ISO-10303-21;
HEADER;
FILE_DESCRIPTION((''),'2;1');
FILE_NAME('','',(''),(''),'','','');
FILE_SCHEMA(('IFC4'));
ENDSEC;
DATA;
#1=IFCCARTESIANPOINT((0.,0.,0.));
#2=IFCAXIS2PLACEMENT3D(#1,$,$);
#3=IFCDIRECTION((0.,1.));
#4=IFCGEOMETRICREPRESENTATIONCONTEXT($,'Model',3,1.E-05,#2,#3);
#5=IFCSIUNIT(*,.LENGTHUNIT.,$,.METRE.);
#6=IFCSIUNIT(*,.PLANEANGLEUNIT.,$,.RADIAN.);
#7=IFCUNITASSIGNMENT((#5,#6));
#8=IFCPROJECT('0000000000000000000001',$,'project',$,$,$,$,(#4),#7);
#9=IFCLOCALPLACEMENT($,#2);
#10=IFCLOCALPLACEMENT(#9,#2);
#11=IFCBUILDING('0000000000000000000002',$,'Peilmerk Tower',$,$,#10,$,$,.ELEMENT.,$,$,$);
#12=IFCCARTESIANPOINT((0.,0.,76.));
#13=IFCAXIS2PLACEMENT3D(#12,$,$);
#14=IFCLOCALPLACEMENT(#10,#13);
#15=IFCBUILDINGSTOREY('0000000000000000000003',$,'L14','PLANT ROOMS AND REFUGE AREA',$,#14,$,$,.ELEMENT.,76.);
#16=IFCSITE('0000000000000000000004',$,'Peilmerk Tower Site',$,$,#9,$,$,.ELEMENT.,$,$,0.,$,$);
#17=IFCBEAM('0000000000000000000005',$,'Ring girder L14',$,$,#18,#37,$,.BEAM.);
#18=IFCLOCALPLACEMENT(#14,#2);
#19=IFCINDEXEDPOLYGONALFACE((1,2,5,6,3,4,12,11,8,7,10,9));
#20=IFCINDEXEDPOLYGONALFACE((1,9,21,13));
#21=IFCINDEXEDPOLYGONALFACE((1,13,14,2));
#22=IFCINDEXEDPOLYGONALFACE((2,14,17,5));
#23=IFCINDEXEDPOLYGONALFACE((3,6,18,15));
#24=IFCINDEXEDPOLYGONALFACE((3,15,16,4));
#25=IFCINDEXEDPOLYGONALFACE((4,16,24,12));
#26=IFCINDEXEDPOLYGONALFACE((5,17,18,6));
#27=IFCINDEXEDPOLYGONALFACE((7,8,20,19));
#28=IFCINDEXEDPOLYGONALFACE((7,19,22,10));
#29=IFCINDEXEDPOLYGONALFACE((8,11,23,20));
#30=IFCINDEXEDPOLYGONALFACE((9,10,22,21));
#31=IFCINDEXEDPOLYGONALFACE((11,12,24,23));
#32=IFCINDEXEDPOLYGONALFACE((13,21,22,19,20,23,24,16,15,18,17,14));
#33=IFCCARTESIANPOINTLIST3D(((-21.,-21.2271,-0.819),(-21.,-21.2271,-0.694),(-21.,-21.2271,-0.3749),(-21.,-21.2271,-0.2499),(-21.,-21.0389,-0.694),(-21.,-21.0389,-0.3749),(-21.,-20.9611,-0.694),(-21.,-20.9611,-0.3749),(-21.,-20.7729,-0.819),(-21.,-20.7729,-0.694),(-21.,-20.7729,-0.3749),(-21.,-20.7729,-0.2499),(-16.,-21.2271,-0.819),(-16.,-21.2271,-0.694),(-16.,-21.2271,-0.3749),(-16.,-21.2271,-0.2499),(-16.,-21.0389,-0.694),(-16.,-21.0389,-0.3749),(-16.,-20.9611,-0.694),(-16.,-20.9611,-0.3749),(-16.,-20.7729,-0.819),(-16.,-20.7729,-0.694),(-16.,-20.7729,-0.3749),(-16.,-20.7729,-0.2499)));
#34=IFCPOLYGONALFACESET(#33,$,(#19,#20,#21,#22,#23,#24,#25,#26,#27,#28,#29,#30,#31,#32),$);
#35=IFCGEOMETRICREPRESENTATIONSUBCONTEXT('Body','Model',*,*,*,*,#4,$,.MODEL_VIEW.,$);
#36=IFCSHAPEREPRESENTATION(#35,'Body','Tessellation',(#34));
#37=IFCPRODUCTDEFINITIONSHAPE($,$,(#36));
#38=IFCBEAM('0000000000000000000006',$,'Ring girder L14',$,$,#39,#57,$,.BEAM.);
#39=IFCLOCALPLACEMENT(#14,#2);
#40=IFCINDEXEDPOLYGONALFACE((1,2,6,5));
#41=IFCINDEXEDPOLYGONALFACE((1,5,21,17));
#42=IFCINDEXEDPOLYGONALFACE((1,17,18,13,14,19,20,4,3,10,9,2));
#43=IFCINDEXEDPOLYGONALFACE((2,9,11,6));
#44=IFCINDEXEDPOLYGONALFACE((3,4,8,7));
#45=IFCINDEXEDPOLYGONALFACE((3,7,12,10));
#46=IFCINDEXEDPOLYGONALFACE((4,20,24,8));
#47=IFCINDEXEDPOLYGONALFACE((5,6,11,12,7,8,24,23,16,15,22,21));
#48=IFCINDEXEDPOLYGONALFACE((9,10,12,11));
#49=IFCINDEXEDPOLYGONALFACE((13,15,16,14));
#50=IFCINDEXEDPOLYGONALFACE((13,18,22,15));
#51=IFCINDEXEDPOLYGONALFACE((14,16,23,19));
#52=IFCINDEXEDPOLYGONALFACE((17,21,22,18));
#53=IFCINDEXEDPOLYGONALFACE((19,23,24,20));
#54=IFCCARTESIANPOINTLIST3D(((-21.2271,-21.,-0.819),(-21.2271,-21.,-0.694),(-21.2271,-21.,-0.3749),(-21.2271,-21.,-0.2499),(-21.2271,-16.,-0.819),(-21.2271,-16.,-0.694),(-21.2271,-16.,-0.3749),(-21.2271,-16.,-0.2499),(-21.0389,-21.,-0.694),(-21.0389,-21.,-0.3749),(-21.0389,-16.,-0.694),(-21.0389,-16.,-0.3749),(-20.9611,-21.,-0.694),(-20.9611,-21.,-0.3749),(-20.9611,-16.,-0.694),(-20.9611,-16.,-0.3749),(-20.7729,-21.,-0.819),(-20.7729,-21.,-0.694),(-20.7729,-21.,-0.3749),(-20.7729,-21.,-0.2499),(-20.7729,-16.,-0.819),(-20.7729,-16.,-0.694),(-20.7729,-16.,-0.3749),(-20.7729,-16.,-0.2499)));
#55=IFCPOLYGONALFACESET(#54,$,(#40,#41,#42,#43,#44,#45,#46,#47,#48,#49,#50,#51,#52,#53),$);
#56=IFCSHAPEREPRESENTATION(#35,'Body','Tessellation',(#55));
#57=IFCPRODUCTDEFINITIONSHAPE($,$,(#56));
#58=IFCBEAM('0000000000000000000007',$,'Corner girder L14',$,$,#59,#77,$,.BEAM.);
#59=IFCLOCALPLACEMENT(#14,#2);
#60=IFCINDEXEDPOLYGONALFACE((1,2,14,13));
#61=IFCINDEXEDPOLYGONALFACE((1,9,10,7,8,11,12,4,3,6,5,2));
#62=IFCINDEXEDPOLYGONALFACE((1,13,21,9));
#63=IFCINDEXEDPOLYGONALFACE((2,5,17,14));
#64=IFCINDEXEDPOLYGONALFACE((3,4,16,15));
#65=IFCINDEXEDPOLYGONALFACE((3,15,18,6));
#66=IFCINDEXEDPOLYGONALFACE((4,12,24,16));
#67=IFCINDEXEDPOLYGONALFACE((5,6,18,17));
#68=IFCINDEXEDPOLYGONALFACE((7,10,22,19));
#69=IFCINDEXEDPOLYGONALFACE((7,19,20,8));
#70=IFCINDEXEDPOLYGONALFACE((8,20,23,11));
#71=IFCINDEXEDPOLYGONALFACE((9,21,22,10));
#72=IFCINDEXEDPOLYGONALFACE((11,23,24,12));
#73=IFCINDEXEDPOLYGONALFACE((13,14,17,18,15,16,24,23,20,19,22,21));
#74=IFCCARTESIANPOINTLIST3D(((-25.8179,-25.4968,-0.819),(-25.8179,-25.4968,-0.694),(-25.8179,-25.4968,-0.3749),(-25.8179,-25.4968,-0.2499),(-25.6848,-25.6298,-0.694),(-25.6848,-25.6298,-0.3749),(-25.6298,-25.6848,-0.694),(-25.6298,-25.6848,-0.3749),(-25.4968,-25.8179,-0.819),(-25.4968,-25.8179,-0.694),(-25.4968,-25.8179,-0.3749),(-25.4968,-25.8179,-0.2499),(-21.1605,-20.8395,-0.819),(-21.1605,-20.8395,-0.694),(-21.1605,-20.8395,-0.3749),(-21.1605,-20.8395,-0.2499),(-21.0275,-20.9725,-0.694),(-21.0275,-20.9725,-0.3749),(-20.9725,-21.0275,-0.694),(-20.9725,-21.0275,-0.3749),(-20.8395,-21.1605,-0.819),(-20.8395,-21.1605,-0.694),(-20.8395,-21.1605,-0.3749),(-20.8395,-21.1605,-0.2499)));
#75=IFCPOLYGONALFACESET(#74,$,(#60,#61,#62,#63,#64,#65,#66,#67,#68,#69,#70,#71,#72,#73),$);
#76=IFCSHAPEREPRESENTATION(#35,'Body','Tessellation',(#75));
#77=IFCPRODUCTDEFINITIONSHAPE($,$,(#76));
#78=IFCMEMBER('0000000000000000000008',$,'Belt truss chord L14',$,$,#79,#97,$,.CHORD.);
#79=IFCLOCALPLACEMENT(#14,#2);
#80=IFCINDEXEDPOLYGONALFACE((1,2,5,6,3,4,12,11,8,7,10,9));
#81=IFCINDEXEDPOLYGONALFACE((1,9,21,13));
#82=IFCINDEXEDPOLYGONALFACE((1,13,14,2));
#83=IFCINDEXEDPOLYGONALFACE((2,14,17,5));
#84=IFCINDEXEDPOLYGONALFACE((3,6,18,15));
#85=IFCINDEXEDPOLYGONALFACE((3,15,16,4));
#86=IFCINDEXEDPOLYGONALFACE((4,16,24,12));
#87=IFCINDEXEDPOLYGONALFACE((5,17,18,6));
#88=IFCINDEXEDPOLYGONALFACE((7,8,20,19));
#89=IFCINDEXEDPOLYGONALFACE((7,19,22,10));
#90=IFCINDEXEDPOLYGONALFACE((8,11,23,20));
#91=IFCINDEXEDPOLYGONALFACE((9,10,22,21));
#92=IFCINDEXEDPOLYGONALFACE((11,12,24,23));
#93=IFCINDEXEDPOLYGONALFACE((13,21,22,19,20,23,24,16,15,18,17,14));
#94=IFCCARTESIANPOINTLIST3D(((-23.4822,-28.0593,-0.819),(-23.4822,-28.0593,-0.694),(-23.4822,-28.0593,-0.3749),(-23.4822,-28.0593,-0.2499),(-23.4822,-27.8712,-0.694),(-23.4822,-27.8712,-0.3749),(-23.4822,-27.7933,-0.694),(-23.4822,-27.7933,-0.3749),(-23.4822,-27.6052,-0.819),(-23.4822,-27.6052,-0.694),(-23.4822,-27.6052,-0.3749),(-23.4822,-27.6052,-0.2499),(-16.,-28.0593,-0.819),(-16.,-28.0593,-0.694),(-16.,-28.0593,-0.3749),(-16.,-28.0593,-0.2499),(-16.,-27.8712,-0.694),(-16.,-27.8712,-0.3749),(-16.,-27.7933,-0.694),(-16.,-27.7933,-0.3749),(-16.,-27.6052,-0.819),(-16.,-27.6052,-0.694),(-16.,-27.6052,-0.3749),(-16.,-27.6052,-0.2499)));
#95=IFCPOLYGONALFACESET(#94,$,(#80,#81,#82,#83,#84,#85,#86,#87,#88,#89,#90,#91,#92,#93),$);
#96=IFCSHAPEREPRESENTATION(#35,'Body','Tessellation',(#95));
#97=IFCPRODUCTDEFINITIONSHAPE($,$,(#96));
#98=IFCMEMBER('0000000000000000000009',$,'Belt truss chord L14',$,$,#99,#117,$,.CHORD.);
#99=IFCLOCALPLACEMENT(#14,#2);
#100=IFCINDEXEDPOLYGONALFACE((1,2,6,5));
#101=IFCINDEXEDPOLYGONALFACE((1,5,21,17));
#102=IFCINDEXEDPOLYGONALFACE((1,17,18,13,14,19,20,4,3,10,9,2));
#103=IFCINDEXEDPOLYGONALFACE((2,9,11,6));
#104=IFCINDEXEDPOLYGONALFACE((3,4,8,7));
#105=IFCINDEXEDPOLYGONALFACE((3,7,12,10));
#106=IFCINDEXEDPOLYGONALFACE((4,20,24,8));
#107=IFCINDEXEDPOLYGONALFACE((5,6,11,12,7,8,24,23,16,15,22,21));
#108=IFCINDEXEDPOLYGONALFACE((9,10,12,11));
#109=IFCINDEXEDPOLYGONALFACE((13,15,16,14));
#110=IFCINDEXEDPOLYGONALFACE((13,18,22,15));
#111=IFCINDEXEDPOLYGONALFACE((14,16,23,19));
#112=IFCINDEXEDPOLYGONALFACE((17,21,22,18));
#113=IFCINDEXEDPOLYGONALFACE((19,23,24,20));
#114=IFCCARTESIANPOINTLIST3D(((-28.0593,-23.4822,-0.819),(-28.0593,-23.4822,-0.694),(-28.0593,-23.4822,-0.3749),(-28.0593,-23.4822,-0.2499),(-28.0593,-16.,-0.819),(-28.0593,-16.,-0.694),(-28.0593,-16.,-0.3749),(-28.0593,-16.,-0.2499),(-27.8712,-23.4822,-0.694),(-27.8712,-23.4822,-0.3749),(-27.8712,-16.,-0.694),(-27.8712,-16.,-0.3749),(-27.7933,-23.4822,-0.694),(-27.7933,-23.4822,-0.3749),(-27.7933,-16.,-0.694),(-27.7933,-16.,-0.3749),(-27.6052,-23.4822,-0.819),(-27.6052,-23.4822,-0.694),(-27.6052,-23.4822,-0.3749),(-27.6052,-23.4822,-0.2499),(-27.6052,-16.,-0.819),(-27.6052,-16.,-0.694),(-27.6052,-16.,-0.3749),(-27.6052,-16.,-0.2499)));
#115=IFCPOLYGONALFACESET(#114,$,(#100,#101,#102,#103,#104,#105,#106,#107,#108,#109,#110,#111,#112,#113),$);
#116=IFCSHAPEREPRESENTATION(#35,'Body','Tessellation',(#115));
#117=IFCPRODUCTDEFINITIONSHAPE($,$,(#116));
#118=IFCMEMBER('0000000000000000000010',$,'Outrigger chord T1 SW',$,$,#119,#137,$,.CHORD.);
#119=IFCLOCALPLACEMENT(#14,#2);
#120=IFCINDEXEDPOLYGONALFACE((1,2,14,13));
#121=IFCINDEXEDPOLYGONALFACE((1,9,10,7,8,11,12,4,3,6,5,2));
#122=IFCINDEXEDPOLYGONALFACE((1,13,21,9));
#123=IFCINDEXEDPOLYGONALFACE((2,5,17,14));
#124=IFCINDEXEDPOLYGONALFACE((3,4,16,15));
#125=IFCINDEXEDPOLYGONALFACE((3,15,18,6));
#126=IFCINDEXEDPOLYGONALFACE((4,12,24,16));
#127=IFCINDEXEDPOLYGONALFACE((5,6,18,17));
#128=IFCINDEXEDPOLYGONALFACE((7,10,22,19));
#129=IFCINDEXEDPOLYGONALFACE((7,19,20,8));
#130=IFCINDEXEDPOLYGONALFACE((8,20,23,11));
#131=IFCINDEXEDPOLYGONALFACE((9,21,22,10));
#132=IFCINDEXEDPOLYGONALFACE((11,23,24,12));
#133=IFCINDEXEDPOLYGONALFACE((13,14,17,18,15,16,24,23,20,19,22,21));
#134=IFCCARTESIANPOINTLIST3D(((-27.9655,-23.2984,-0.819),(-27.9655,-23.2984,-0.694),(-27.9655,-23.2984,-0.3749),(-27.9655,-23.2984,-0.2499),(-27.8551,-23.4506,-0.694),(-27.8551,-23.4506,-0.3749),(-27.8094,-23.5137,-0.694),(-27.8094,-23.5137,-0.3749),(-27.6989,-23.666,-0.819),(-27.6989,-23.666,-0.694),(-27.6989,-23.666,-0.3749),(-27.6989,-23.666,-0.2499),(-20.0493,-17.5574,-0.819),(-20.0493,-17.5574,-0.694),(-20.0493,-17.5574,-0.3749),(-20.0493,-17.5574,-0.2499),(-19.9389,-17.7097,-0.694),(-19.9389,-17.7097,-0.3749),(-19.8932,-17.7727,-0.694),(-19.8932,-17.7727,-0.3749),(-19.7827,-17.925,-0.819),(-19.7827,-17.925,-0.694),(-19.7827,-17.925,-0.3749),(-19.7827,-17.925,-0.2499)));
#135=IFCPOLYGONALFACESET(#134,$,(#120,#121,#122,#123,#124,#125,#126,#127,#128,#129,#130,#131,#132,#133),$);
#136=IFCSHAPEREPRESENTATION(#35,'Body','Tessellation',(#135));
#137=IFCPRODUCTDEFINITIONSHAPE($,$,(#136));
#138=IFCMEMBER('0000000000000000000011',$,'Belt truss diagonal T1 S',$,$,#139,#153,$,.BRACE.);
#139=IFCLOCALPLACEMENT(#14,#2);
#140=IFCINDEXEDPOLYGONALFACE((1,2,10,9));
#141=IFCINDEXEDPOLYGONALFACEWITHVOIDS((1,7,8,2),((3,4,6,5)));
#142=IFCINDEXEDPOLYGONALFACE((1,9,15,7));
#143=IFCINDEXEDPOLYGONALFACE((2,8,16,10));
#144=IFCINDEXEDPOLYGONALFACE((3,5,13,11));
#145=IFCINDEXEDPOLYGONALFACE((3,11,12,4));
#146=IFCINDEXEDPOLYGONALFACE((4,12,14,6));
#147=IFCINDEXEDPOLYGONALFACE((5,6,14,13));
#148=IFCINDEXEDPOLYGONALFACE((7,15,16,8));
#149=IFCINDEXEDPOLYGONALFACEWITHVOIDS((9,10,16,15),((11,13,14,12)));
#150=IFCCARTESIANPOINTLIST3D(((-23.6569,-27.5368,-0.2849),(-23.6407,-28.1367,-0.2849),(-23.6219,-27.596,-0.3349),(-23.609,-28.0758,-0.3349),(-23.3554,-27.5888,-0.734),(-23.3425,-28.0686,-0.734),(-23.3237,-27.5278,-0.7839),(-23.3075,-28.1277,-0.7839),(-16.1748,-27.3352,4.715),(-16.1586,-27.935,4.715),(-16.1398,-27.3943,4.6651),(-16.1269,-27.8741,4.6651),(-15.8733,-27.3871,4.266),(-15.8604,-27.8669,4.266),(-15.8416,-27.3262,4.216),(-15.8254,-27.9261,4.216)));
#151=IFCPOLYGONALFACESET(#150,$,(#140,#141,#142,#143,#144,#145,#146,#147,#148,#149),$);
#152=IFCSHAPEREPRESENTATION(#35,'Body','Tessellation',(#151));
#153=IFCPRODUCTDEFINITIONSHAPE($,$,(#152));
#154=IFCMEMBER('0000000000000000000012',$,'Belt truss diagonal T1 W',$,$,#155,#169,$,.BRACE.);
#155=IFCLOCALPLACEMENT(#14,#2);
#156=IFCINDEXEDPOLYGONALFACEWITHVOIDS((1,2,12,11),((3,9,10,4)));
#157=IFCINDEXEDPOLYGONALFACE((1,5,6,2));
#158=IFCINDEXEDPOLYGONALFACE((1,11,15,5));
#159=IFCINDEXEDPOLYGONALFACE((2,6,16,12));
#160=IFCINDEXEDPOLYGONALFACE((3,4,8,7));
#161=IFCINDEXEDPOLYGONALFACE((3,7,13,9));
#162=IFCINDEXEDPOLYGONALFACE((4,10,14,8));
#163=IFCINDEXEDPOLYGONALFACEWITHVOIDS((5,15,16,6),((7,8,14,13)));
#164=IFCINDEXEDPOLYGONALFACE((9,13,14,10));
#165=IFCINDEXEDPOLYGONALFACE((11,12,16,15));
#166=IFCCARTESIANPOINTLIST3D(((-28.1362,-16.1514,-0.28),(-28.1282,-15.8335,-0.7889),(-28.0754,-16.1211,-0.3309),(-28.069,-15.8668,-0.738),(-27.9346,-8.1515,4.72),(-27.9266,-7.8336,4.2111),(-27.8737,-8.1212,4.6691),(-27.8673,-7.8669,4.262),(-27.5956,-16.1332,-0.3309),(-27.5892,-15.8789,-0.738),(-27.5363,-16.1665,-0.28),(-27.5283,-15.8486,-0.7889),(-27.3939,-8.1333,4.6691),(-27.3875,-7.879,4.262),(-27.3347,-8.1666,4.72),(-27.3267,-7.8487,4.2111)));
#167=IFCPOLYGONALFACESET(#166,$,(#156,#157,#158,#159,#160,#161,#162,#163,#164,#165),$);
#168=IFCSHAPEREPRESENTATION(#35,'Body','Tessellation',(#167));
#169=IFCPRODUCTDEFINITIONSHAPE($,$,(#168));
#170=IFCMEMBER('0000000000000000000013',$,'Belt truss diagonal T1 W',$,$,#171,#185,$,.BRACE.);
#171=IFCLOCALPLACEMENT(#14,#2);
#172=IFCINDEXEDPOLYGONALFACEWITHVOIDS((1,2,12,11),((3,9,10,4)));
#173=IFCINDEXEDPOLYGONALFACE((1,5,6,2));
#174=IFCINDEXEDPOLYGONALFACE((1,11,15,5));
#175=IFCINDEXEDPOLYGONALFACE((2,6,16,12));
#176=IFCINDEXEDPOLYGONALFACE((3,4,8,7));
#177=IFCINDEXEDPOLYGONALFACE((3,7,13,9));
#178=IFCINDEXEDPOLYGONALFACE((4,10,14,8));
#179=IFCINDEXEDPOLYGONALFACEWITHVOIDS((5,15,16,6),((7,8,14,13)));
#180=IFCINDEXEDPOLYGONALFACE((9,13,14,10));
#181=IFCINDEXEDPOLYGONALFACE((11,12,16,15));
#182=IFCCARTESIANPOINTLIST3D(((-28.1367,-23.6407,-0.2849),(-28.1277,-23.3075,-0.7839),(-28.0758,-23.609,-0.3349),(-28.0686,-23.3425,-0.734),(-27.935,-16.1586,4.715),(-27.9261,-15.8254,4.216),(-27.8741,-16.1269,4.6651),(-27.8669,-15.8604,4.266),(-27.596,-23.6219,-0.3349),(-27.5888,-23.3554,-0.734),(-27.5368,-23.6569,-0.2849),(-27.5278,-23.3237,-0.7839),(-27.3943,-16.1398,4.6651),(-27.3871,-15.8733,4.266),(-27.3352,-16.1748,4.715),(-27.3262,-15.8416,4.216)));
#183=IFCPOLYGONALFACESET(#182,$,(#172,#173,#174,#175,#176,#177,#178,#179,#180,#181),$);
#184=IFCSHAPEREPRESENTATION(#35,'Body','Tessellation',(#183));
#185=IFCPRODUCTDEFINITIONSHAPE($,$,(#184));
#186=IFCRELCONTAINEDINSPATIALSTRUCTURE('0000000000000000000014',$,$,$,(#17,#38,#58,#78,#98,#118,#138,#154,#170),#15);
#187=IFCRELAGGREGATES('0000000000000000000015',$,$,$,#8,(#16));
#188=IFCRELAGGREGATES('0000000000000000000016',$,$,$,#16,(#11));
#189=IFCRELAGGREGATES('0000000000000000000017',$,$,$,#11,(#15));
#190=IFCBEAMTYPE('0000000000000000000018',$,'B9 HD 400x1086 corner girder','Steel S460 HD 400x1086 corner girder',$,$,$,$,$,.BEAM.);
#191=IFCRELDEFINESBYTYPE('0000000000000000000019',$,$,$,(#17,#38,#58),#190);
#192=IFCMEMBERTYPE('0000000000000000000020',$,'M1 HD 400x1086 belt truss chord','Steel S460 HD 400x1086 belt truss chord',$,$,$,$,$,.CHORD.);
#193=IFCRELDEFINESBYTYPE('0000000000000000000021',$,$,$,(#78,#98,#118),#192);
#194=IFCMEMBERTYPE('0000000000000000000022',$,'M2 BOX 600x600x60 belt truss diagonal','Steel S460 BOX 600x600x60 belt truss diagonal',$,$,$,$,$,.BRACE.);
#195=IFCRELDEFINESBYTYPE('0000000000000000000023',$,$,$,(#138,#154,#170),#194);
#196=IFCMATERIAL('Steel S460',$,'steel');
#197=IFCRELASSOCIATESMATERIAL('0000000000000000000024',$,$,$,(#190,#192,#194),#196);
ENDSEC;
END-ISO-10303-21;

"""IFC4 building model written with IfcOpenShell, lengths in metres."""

from ifc_helpers import new_model, si_unit, direction, frame, origin, origin_2d, place, context, subcontext, project, spatial, hollow_rectangle, i_section, extrude, material, material_profile, profile_set, type_object, element, save


model = new_model("IFC4")

# Units and contexts
model_context = context("Model", 3, precision=1e-05, world=origin(), true_north=direction((0.0, 1.0)))
body_context = subcontext(model_context, "Body", "Model", "MODEL_VIEW")
ifc_project = project(units=[si_unit("LENGTHUNIT", "METRE"), si_unit("PLANEANGLEUNIT", "RADIAN")], contexts=[model_context])

# Site, building, storey
site_placement = place(None, origin())
site = spatial("IfcSite", under=ifc_project, at=site_placement, Name="Peilmerk Tower Site", CompositionType="ELEMENT", RefElevation=0.0)
building_placement = place(site_placement, origin())
building = spatial("IfcBuilding", under=site, at=building_placement, Name="Peilmerk Tower", CompositionType="ELEMENT")
storey_placement = place(building_placement, frame((0.0, 0.0, 76.0)))
storey = spatial("IfcBuildingStorey", under=building, at=storey_placement, Name="L14", Description="PLANT ROOMS AND REFUGE AREA", CompositionType="ELEMENT", Elevation=76.0)

# Shared definitions
ifc_material_1 = material(Name="Steel S460", Category="steel")

# Beams
ifc_material_profile_1 = material_profile(ifc_material_1, i_section(OverallWidth=0.4541, OverallDepth=0.5691, WebThickness=0.0779, FlangeThickness=0.125, at=origin_2d()), Name="HD 400x1086")
ifc_profile_set_1 = profile_set([ifc_material_profile_1], Name="Steel S460")
beam_type_1 = type_object("IfcBeamType", Name="B9 HD 400x1086 corner girder", Description="Steel S460 HD 400x1086 corner girder", PredefinedType="BEAM", material=ifc_profile_set_1)
for number, where, z_axis, x_axis, name in (
    (1, (-21.0, -21.0, -0.5344), (1.0, 0.0, 0.0), (0.0, 1.0, 0.0), "Ring girder L14"),
    (2, (-21.0, -16.0, -0.5344), (0.0, -1.0, 0.0), (1.0, 0.0, 0.0), "Ring girder L14"),
):
    element("IfcBeam", number, at=place(storey_placement, frame(where, z_axis=z_axis, x_axis=x_axis)), inside=storey, type_object=beam_type_1, Name=name, PredefinedType="BEAM", context=body_context, shape_type="SweptSolid", body=[
        extrude(i_section(OverallWidth=0.4541, OverallDepth=0.5691, WebThickness=0.0779, FlangeThickness=0.125, at=origin_2d()), origin(), (0.0, 0.0, 1.0), 5.0),
    ])
beam_1_placement = place(storey_placement, frame((-21.0, -21.0, -0.5344), z_axis=(-0.707107, -0.707107, 0.0), x_axis=(0.707107, -0.707107, 0.0)))
element("IfcBeam", 3, at=beam_1_placement, inside=storey, type_object=beam_type_1, Name="Corner girder L14", PredefinedType="BEAM", context=body_context, shape_type="SweptSolid", body=[
    extrude(i_section(OverallWidth=0.4541, OverallDepth=0.5691, WebThickness=0.0779, FlangeThickness=0.125, at=origin_2d()), origin(), (0.0, 0.0, 1.0), 6.5864),
])

# Members
ifc_material_profile_2 = material_profile(ifc_material_1, i_section(OverallWidth=0.4541, OverallDepth=0.5691, WebThickness=0.0779, FlangeThickness=0.125, at=origin_2d()), Name="HD 400x1086")
ifc_profile_set_2 = profile_set([ifc_material_profile_2], Name="Steel S460")
member_type_1 = type_object("IfcMemberType", Name="M1 HD 400x1086 belt truss chord", Description="Steel S460 HD 400x1086 belt truss chord", PredefinedType="CHORD", material=ifc_profile_set_2)
for number, where, z_axis, x_axis, name in (
    (4, (-23.4822, -27.8323, -0.5344), (1.0, 0.0, 0.0), (0.0, 1.0, 0.0), "Belt truss chord L14"),
    (5, (-27.8323, -16.0, -0.5344), (0.0, -1.0, 0.0), (1.0, 0.0, 0.0), "Belt truss chord L14"),
):
    element("IfcMember", number, at=place(storey_placement, frame(where, z_axis=z_axis, x_axis=x_axis)), inside=storey, type_object=member_type_1, Name=name, PredefinedType="CHORD", context=body_context, shape_type="SweptSolid", body=[
        extrude(i_section(OverallWidth=0.4541, OverallDepth=0.5691, WebThickness=0.0779, FlangeThickness=0.125, at=origin_2d()), origin(), (0.0, 0.0, 1.0), 7.4822),
    ])
member_1_placement = place(storey_placement, frame((-19.916, -17.7412, -0.5344), z_axis=(-0.809529, -0.58708, 0.0), x_axis=(0.58708, -0.809529, 0.0)))
element("IfcMember", 6, at=member_1_placement, inside=storey, type_object=member_type_1, Name="Outrigger chord T1 SW", PredefinedType="CHORD", context=body_context, shape_type="SweptSolid", body=[
    extrude(i_section(OverallWidth=0.4541, OverallDepth=0.5691, WebThickness=0.0779, FlangeThickness=0.125, at=origin_2d()), origin(), (0.0, 0.0, 1.0), 9.7788),
])
ifc_material_profile_3 = material_profile(ifc_material_1, hollow_rectangle(XDim=0.6001, YDim=0.6001, WallThickness=0.0601, at=origin_2d()), Name="BOX 600x600x60")
ifc_profile_set_3 = profile_set([ifc_material_profile_3], Name="Steel S460")
member_type_2 = type_object("IfcMemberType", Name="M2 BOX 600x600x60 belt truss diagonal", Description="Steel S460 BOX 600x600x60 belt truss diagonal", PredefinedType="BRACE", material=ifc_profile_set_3)
member_2_placement = place(storey_placement, frame((-23.4822, -27.8323, -0.5344), z_axis=(0.831232, 0.022403, 0.555474), x_axis=(-0.026942, 0.999637, 0.0)))
element("IfcMember", 7, at=member_2_placement, inside=storey, type_object=member_type_2, Name="Belt truss diagonal T1 S", PredefinedType="BRACE", context=body_context, shape_type="SweptSolid", body=[
    extrude(hollow_rectangle(XDim=0.6001, YDim=0.6001, WallThickness=0.0601, at=origin_2d()), origin(), (0.0, 0.0, 1.0), 9.0012),
])
member_3_placement = place(storey_placement, frame((-27.8323, -16.0, -0.5344), z_axis=(0.021371, 0.847805, 0.529878), x_axis=(-0.999682, 0.0252, 0.0)))
element("IfcMember", 8, at=member_3_placement, inside=storey, type_object=member_type_2, Name="Belt truss diagonal T1 W", PredefinedType="BRACE", context=body_context, shape_type="SweptSolid", body=[
    extrude(hollow_rectangle(XDim=0.6001, YDim=0.6001, WallThickness=0.0601, at=origin_2d()), origin(), (0.0, 0.0, 1.0), 9.436),
])
member_4_placement = place(storey_placement, frame((-27.8323, -23.4822, -0.5344), z_axis=(0.022403, 0.831232, 0.555474), x_axis=(-0.999637, 0.026942, 0.0)))
element("IfcMember", 9, at=member_4_placement, inside=storey, type_object=member_type_2, Name="Belt truss diagonal T1 W", PredefinedType="BRACE", context=body_context, shape_type="SweptSolid", body=[
    extrude(hollow_rectangle(XDim=0.6001, YDim=0.6001, WallThickness=0.0601, at=origin_2d()), origin(), (0.0, 0.0, 1.0), 9.0012),
])

save(model, "model.ifc")
